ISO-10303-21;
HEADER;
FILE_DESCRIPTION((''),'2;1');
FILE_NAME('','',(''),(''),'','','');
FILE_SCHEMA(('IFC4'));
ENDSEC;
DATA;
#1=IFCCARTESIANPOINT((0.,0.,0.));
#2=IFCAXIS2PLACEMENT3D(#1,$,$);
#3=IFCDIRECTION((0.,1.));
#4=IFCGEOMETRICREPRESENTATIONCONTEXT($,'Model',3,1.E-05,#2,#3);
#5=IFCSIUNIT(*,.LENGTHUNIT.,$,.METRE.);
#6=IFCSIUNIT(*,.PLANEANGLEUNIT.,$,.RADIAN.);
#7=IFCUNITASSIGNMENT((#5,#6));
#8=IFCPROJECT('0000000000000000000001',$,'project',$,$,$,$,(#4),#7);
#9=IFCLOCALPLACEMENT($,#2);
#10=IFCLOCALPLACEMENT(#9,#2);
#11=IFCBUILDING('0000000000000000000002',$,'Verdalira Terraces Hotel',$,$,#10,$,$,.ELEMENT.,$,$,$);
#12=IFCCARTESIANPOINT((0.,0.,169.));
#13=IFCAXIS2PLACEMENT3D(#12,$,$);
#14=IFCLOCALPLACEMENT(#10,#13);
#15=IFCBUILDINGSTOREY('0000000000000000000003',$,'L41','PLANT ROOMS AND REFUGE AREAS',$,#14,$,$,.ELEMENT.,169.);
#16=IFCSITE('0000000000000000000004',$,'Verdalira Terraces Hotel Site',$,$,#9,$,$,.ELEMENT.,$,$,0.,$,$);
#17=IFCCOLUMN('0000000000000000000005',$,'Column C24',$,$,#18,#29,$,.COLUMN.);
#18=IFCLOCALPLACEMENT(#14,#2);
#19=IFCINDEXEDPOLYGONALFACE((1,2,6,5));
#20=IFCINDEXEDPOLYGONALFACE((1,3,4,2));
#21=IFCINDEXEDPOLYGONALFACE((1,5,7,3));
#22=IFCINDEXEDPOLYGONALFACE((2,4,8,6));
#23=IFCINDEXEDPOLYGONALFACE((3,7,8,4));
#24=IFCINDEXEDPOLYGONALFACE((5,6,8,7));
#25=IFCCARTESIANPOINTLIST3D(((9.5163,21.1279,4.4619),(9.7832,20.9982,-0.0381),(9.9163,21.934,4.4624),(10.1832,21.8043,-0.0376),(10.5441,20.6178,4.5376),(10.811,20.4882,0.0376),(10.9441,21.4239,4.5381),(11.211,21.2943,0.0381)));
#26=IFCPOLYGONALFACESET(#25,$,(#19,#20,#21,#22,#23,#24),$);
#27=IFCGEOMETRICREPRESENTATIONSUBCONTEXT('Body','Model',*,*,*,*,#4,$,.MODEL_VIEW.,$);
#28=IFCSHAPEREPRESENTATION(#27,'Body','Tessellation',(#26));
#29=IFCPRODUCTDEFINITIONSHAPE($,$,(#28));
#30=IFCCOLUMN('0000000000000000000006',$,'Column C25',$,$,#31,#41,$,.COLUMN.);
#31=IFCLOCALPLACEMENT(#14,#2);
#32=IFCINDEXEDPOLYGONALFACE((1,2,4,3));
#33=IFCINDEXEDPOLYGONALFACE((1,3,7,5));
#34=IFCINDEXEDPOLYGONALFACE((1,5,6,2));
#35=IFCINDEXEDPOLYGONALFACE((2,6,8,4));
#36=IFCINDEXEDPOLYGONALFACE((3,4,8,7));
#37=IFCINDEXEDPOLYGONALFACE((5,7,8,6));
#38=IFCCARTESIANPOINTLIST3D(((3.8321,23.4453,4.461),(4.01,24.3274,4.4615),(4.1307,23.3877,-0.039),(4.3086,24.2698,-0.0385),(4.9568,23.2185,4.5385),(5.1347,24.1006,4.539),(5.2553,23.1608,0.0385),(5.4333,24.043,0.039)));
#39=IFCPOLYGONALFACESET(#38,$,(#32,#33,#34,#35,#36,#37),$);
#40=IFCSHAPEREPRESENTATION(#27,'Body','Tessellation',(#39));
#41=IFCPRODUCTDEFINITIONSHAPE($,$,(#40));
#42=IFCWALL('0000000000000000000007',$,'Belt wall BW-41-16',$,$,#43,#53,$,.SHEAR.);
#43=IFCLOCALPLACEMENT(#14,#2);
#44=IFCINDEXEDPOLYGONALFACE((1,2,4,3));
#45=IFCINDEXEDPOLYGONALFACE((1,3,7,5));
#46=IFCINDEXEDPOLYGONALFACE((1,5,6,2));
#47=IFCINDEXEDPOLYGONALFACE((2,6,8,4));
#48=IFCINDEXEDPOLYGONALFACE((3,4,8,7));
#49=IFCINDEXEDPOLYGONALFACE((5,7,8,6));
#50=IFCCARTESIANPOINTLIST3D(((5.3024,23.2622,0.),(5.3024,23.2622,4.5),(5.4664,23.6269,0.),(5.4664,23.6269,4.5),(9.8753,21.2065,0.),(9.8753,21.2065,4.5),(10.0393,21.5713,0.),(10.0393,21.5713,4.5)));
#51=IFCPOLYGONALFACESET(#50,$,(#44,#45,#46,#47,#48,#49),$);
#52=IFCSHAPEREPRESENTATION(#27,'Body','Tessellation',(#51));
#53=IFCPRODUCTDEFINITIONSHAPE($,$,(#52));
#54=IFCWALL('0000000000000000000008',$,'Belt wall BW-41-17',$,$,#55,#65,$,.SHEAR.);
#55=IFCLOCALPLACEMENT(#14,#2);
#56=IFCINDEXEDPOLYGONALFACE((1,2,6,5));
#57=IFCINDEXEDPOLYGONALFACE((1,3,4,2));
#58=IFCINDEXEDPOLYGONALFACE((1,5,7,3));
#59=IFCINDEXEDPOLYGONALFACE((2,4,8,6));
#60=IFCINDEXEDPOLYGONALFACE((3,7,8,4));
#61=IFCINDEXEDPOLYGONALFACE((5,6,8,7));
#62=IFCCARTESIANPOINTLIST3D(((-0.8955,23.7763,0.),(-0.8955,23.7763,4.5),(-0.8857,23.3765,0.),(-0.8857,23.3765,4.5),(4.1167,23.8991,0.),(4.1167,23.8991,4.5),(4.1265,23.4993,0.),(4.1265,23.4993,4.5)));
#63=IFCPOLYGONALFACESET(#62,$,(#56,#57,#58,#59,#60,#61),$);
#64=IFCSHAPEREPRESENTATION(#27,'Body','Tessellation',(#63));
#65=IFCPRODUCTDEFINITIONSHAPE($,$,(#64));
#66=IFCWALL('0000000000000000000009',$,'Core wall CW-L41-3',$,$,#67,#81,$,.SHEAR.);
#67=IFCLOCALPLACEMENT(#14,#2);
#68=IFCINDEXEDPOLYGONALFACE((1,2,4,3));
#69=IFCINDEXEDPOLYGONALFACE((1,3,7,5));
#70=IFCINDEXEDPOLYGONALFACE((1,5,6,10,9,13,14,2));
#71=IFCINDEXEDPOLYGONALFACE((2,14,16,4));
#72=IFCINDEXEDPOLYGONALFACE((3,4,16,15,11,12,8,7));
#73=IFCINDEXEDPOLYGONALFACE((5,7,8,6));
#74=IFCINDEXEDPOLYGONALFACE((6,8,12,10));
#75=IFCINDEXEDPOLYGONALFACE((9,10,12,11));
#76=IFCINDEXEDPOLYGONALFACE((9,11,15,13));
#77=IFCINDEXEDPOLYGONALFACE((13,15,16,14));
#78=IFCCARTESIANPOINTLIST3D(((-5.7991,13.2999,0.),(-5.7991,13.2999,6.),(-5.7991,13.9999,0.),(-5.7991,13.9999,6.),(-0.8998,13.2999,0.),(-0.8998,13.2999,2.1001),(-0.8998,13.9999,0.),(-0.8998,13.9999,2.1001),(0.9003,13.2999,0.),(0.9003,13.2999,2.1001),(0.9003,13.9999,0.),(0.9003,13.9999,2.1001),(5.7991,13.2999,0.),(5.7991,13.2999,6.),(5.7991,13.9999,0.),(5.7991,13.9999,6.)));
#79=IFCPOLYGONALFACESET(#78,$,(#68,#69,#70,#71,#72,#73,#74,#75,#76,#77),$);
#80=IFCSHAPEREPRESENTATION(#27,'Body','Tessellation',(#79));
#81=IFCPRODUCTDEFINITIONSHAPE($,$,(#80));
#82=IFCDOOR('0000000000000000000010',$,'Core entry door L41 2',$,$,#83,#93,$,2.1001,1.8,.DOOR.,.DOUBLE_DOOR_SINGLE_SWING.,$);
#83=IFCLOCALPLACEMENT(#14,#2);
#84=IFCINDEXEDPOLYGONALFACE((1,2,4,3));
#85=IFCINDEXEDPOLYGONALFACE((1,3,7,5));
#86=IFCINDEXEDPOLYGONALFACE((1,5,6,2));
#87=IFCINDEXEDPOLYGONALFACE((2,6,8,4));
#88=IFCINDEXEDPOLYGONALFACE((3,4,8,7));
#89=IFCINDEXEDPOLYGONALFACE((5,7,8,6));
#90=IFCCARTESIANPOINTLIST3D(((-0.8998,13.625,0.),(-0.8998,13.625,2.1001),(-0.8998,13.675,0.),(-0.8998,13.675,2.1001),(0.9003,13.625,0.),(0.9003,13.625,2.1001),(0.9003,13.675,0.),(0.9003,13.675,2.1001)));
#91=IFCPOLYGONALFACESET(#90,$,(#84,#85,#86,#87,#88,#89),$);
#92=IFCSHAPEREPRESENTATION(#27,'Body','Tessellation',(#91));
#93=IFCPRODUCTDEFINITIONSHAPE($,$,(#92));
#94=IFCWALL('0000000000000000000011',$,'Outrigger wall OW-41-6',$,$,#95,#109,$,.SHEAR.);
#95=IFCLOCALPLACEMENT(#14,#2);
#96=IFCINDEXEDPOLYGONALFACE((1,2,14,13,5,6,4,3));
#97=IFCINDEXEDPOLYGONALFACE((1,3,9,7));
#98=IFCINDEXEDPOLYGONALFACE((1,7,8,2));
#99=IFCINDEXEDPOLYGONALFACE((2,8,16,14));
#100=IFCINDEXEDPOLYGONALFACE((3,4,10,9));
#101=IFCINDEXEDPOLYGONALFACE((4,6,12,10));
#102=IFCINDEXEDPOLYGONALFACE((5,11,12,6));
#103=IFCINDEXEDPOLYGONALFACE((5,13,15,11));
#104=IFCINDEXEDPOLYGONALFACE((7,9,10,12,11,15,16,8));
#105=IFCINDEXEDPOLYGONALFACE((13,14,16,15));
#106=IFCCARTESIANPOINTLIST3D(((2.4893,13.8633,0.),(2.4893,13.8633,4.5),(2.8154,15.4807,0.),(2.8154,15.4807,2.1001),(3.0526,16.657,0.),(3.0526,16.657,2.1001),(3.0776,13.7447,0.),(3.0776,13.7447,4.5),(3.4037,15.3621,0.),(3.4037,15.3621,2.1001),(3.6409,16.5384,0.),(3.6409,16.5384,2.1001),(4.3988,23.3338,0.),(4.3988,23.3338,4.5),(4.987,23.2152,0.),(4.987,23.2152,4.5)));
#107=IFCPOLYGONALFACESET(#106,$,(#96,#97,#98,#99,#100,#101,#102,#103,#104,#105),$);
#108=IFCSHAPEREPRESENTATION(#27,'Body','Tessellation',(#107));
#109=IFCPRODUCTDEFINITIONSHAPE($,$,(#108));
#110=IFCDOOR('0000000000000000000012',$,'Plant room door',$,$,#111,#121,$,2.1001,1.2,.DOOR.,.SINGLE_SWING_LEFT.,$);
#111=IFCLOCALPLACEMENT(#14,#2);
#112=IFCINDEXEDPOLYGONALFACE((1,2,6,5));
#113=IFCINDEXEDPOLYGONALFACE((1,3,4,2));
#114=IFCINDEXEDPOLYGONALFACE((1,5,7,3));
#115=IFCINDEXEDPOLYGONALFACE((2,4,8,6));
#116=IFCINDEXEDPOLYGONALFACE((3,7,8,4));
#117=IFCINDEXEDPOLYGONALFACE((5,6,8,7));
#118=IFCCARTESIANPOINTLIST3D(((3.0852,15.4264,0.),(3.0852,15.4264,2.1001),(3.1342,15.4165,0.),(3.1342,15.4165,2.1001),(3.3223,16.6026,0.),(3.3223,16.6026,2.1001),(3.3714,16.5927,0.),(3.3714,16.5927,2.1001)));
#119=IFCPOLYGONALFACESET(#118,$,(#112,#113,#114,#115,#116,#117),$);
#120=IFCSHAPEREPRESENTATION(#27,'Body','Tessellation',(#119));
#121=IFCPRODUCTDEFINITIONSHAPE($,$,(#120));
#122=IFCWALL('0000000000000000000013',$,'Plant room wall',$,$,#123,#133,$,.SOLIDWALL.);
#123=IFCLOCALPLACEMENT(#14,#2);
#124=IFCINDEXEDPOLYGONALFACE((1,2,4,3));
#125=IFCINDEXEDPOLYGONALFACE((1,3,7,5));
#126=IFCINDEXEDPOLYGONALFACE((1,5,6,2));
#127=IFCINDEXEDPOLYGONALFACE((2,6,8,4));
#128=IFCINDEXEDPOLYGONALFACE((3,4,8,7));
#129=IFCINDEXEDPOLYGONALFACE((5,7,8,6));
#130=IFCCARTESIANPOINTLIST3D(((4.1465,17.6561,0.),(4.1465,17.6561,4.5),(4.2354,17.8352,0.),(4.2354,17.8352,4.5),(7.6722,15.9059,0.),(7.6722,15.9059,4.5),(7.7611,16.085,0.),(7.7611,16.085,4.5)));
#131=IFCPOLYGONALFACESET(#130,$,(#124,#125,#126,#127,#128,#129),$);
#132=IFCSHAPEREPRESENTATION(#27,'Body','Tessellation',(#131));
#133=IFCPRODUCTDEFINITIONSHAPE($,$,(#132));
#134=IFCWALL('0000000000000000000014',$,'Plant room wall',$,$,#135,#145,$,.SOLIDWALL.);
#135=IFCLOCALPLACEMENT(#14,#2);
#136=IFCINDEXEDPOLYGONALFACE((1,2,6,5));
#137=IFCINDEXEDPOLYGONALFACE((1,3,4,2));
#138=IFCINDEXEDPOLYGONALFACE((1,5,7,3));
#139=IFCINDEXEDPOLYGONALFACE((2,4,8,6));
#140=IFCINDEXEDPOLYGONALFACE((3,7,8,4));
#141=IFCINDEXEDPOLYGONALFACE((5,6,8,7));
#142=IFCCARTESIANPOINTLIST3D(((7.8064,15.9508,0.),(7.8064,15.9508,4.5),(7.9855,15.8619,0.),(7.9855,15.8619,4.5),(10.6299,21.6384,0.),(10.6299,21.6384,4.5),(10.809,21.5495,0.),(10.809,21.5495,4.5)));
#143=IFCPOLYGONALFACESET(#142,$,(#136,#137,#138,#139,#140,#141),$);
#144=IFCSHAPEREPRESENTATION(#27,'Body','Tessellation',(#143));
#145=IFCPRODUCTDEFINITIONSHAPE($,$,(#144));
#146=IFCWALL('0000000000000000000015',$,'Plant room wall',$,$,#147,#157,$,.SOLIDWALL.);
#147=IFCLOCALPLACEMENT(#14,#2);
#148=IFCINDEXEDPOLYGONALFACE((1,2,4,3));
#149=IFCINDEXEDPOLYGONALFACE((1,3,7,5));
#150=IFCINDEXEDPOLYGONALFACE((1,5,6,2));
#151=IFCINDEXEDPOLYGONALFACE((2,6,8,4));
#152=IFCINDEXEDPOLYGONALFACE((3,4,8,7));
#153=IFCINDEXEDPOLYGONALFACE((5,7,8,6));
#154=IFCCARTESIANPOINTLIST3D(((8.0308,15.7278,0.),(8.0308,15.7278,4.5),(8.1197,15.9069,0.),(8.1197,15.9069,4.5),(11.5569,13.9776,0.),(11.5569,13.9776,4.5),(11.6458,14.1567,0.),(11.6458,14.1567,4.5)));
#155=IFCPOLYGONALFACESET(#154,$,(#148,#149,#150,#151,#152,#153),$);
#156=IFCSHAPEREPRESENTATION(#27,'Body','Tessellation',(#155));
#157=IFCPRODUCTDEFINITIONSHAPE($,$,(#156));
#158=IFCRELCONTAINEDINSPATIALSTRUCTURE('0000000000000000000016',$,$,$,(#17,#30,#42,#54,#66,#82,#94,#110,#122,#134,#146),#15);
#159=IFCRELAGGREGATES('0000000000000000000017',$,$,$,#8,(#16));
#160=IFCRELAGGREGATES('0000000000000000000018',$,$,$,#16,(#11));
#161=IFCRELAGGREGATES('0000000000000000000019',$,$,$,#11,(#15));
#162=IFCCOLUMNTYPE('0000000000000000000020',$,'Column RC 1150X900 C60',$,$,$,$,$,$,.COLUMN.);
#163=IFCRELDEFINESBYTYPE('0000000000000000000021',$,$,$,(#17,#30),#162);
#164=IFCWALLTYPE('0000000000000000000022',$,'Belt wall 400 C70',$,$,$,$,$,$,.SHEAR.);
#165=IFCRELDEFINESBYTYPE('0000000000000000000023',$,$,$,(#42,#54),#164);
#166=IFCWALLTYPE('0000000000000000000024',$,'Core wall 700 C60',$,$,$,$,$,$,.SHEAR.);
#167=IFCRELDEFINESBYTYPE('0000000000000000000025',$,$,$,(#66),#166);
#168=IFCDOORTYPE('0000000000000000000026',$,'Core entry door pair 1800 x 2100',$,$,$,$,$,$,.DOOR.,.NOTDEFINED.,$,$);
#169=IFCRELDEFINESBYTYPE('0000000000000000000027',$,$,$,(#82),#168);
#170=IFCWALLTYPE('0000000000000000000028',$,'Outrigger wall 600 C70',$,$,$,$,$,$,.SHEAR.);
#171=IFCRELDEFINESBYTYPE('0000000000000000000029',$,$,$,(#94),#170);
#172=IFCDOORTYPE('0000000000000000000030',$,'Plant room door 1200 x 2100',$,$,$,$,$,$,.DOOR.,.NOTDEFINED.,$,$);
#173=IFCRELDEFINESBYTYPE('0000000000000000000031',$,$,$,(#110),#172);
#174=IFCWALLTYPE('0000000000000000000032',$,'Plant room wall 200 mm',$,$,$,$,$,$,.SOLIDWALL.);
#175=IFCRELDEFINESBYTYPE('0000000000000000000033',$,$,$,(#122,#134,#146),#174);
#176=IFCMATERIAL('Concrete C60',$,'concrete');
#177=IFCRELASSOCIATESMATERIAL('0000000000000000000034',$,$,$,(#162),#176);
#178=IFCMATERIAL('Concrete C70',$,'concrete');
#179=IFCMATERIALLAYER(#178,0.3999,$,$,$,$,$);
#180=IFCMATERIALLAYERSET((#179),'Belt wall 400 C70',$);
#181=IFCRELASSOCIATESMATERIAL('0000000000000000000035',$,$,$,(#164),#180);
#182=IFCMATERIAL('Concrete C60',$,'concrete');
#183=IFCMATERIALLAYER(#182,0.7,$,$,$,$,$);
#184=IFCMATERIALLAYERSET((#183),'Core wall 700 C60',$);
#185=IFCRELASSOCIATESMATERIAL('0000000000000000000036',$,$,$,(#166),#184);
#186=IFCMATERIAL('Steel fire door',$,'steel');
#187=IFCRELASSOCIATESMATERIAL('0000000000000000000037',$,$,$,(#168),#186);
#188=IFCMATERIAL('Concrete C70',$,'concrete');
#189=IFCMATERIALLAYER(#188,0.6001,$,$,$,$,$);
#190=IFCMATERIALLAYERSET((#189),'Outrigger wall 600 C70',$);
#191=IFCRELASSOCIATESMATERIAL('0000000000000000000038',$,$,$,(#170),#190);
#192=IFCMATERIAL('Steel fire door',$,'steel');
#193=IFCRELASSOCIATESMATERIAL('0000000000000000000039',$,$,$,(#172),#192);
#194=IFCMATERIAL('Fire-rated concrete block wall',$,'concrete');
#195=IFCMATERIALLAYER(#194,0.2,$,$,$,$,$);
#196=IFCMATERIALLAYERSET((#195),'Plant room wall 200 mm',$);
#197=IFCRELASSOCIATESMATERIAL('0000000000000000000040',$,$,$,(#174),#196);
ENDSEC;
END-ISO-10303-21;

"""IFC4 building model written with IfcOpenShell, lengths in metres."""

from ifc_helpers import new_model, si_unit, direction, frame, frame_2d, origin, origin_2d, place, context, subcontext, project, spatial, rectangle, extrude, material, layer, layer_set, material_profile, profile_set, type_object, element, fill, save


model = new_model("IFC4")

# Units and contexts
model_context = context("Model", 3, precision=1e-05, world=origin(), true_north=direction((0.0, 1.0)))
body_context = subcontext(model_context, "Body", "Model", "MODEL_VIEW")
ifc_project = project(units=[si_unit("LENGTHUNIT", "METRE"), si_unit("PLANEANGLEUNIT", "RADIAN")], contexts=[model_context])

# Site, building, storey
site_placement = place(None, origin())
site = spatial("IfcSite", under=ifc_project, at=site_placement, Name="Verdalira Terraces Hotel Site", CompositionType="ELEMENT", RefElevation=0.0)
building_placement = place(site_placement, origin())
building = spatial("IfcBuilding", under=site, at=building_placement, Name="Verdalira Terraces Hotel", CompositionType="ELEMENT")
storey_placement = place(building_placement, frame((0.0, 0.0, 169.0)))
storey = spatial("IfcBuildingStorey", under=building, at=storey_placement, Name="L41", Description="PLANT ROOMS AND REFUGE AREAS", CompositionType="ELEMENT", Elevation=169.0)

# Columns
ifc_material_1 = material(Name="Concrete C60", Category="concrete")
ifc_material_profile_1 = material_profile(ifc_material_1, rectangle(XDim=1.1499, YDim=0.8999, at=origin_2d()), Name="RC 1150X900")
ifc_profile_set_1 = profile_set([ifc_material_profile_1], Name="Concrete C60")
column_type = type_object("IfcColumnType", Name="Column RC 1150X900 C60", PredefinedType="COLUMN", material=ifc_profile_set_1)
column_1_placement = place(storey_placement, frame((10.4971, 21.1462, 0.0), z_axis=(-0.059171, 0.028746, 0.997834), x_axis=(-0.893823, 0.443569, -0.065781)))
element("IfcColumn", 1, at=column_1_placement, inside=storey, type_object=column_type, Name="Column C24", PredefinedType="COLUMN", context=body_context, shape_type="SweptSolid", body=[
    extrude(rectangle(XDim=1.1499, YDim=0.8999, at=origin_2d()), origin(), (0.0, 0.0, 1.0), 4.5098),
])
column_2_placement = place(storey_placement, frame((4.782, 23.7153, 0.0), z_axis=(-0.066201, 0.012775, 0.997725), x_axis=(0.978026, -0.197279, 0.06742)))
element("IfcColumn", 2, at=column_2_placement, inside=storey, type_object=column_type, Name="Column C25", PredefinedType="COLUMN", context=body_context, shape_type="SweptSolid", body=[
    extrude(rectangle(XDim=1.1499, YDim=0.8999, at=origin_2d()), origin(), (0.0, 0.0, 1.0), 4.5103),
])

# Walls
ifc_material_2 = material(Name="Concrete C70", Category="concrete")
ifc_layer_1 = layer(ifc_material_2, 0.3999)
ifc_layer_set_1 = layer_set([ifc_layer_1], Name="Belt wall 400 C70")
wall_type_1 = type_object("IfcWallType", Name="Belt wall 400 C70", PredefinedType="SHEAR", material=ifc_layer_set_1)
for number, where, z_axis, x_axis, name in (
    (3, (9.9573, 21.3889, 0.0), (0.0, 0.0, 1.0), (-0.912085, 0.410002, 0.0), "Belt wall BW-41-16"),
    (4, (4.1216, 23.6992, 0.0), (0.0, 0.0, 1.0), (-0.9997, -0.024493, 0.0), "Belt wall BW-41-17"),
):
    element("IfcWall", number, at=place(storey_placement, frame(where, z_axis=z_axis, x_axis=x_axis)), inside=storey, type_object=wall_type_1, Name=name, PredefinedType="SHEAR", context=body_context, shape_type="SweptSolid", body=[
        extrude(rectangle(XDim=5.0137, YDim=0.3999, at=frame_2d((2.5068, 0.0))), origin(), (0.0, 0.0, 1.0), 4.5),
    ])

# Walls, openings, doors
ifc_material_3 = material(Name="Concrete C60", Category="concrete")
ifc_layer_2 = layer(ifc_material_3, 0.7)
ifc_layer_set_2 = layer_set([ifc_layer_2], Name="Core wall 700 C60")
wall_type_2 = type_object("IfcWallType", Name="Core wall 700 C60", PredefinedType="SHEAR", material=ifc_layer_set_2)
wall_1_placement = place(storey_placement, frame((5.7991, 13.6499, 0.0), z_axis=(0.0, 0.0, 1.0), x_axis=(-1.0, 0.0, 0.0)))
wall_1 = element("IfcWall", 5, at=wall_1_placement, inside=storey, type_object=wall_type_2, Name="Core wall CW-L41-3", PredefinedType="SHEAR", context=body_context, shape_type="SweptSolid", body=[
    extrude(rectangle(XDim=11.5981, YDim=0.7, at=frame_2d((5.7991, 0.0))), origin(), (0.0, 0.0, 1.0), 6.0),
])
opening_1_placement = place(wall_1_placement, frame((4.8989, 0.0, 0.0)))
opening_1 = element("IfcOpeningElement", 6, at=opening_1_placement, cuts=wall_1, PredefinedType="OPENING", context=body_context, shape_type="SweptSolid", body=[
    extrude(rectangle(XDim=1.8, YDim=2.1001, at=frame_2d((0.8999, 1.05))), frame((0.0, 0.3599, 0.0), z_axis=(0.0, -1.0, 0.0), x_axis=(1.0, 0.0, 0.0)), (0.0, 0.0, 1.0), 0.72),
])
ifc_material_4 = material(Name="Steel fire door", Category="steel")
door_type_1 = type_object("IfcDoorType", Name="Core entry door pair 1800 x 2100", OperationType="NOTDEFINED", PredefinedType="DOOR", material=ifc_material_4)
door_1_placement = place(opening_1_placement, origin())
door_1 = element("IfcDoor", 7, at=door_1_placement, inside=storey, type_object=door_type_1, Name="Core entry door L41 2", OperationType="DOUBLE_DOOR_SINGLE_SWING", OverallHeight=2.1001, OverallWidth=1.8, PredefinedType="DOOR", context=body_context, shape_type="SweptSolid", body=[
    extrude(rectangle(XDim=1.8, YDim=2.1001, at=frame_2d((0.8999, 1.05))), frame((0.0, 0.0249, 0.0), z_axis=(0.0, -1.0, 0.0), x_axis=(1.0, 0.0, 0.0)), (0.0, 0.0, 1.0), 0.05),
])
fill(opening_1, door_1)
ifc_material_5 = material(Name="Concrete C70", Category="concrete")
ifc_layer_3 = layer(ifc_material_5, 0.6001)
ifc_layer_set_3 = layer_set([ifc_layer_3], Name="Outrigger wall 600 C70")
wall_type_3 = type_object("IfcWallType", Name="Outrigger wall 600 C70", PredefinedType="SHEAR", material=ifc_layer_set_3)
wall_2_placement = place(storey_placement, frame((2.7834, 13.804, 0.0), z_axis=(0.0, 0.0, 1.0), x_axis=(0.197642, 0.980274, 0.0)))
wall_2 = element("IfcWall", 8, at=wall_2_placement, inside=storey, type_object=wall_type_3, Name="Outrigger wall OW-41-6", PredefinedType="SHEAR", context=body_context, shape_type="SweptSolid", body=[
    extrude(rectangle(XDim=9.6611, YDim=0.6001, at=frame_2d((4.8306, 0.0))), origin(), (0.0, 0.0, 1.0), 4.5),
])
opening_2_placement = place(wall_2_placement, frame((1.6499, 0.0, 0.0)))
opening_2 = element("IfcOpeningElement", 9, at=opening_2_placement, cuts=wall_2, PredefinedType="OPENING", context=body_context, shape_type="SweptSolid", body=[
    extrude(rectangle(XDim=1.2, YDim=2.1001, at=frame_2d((0.6001, 1.05))), frame((0.0, 0.3101, 0.0), z_axis=(0.0, -1.0, 0.0), x_axis=(1.0, 0.0, 0.0)), (0.0, 0.0, 1.0), 0.6201),
])
ifc_material_6 = material(Name="Steel fire door", Category="steel")
door_type_2 = type_object("IfcDoorType", Name="Plant room door 1200 x 2100", OperationType="NOTDEFINED", PredefinedType="DOOR", material=ifc_material_6)
door_2_placement = place(opening_2_placement, origin())
door_2 = element("IfcDoor", 10, at=door_2_placement, inside=storey, type_object=door_type_2, Name="Plant room door", OperationType="SINGLE_SWING_LEFT", OverallHeight=2.1001, OverallWidth=1.2, PredefinedType="DOOR", context=body_context, shape_type="SweptSolid", body=[
    extrude(rectangle(XDim=1.2, YDim=2.1001, at=frame_2d((0.6001, 1.05))), frame((0.0, 0.0249, 0.0), z_axis=(0.0, -1.0, 0.0), x_axis=(1.0, 0.0, 0.0)), (0.0, 0.0, 1.0), 0.05),
])
fill(opening_2, door_2)

# Walls
ifc_material_7 = material(Name="Fire-rated concrete block wall", Category="concrete")
ifc_layer_4 = layer(ifc_material_7, 0.2)
ifc_layer_set_4 = layer_set([ifc_layer_4], Name="Plant room wall 200 mm")
wall_type_4 = type_object("IfcWallType", Name="Plant room wall 200 mm", PredefinedType="SOLIDWALL", material=ifc_layer_set_4)
wall_3_placement = place(storey_placement, frame((7.7168, 15.9954, 0.0), z_axis=(0.0, 0.0, 1.0), x_axis=(-0.895714, 0.444632, 0.0)))
element("IfcWall", 11, at=wall_3_placement, inside=storey, type_object=wall_type_4, Name="Plant room wall", PredefinedType="SOLIDWALL", context=body_context, shape_type="SweptSolid", body=[
    extrude(rectangle(XDim=3.9363, YDim=0.2, at=frame_2d((1.9683, 0.0))), origin(), (0.0, 0.0, 1.0), 4.5),
])
wall_4_placement = place(storey_placement, frame((7.896, 15.9065, 0.0), z_axis=(0.0, 0.0, 1.0), x_axis=(0.444659, 0.8957, 0.0)))
element("IfcWall", 12, at=wall_4_placement, inside=storey, type_object=wall_type_4, Name="Plant room wall", PredefinedType="SOLIDWALL", context=body_context, shape_type="SweptSolid", body=[
    extrude(rectangle(XDim=6.3499, YDim=0.2, at=frame_2d((3.1748, 0.0))), origin(), (0.0, 0.0, 1.0), 4.5),
])
wall_5_placement = place(storey_placement, frame((11.6013, 14.0671, 0.0), z_axis=(0.0, 0.0, 1.0), x_axis=(-0.895726, 0.444607, 0.0)))
element("IfcWall", 13, at=wall_5_placement, inside=storey, type_object=wall_type_4, Name="Plant room wall", PredefinedType="SOLIDWALL", context=body_context, shape_type="SweptSolid", body=[
    extrude(rectangle(XDim=3.9365, YDim=0.2, at=frame_2d((1.9683, 0.0))), origin(), (0.0, 0.0, 1.0), 4.5),
])

save(model, "model.ifc")
